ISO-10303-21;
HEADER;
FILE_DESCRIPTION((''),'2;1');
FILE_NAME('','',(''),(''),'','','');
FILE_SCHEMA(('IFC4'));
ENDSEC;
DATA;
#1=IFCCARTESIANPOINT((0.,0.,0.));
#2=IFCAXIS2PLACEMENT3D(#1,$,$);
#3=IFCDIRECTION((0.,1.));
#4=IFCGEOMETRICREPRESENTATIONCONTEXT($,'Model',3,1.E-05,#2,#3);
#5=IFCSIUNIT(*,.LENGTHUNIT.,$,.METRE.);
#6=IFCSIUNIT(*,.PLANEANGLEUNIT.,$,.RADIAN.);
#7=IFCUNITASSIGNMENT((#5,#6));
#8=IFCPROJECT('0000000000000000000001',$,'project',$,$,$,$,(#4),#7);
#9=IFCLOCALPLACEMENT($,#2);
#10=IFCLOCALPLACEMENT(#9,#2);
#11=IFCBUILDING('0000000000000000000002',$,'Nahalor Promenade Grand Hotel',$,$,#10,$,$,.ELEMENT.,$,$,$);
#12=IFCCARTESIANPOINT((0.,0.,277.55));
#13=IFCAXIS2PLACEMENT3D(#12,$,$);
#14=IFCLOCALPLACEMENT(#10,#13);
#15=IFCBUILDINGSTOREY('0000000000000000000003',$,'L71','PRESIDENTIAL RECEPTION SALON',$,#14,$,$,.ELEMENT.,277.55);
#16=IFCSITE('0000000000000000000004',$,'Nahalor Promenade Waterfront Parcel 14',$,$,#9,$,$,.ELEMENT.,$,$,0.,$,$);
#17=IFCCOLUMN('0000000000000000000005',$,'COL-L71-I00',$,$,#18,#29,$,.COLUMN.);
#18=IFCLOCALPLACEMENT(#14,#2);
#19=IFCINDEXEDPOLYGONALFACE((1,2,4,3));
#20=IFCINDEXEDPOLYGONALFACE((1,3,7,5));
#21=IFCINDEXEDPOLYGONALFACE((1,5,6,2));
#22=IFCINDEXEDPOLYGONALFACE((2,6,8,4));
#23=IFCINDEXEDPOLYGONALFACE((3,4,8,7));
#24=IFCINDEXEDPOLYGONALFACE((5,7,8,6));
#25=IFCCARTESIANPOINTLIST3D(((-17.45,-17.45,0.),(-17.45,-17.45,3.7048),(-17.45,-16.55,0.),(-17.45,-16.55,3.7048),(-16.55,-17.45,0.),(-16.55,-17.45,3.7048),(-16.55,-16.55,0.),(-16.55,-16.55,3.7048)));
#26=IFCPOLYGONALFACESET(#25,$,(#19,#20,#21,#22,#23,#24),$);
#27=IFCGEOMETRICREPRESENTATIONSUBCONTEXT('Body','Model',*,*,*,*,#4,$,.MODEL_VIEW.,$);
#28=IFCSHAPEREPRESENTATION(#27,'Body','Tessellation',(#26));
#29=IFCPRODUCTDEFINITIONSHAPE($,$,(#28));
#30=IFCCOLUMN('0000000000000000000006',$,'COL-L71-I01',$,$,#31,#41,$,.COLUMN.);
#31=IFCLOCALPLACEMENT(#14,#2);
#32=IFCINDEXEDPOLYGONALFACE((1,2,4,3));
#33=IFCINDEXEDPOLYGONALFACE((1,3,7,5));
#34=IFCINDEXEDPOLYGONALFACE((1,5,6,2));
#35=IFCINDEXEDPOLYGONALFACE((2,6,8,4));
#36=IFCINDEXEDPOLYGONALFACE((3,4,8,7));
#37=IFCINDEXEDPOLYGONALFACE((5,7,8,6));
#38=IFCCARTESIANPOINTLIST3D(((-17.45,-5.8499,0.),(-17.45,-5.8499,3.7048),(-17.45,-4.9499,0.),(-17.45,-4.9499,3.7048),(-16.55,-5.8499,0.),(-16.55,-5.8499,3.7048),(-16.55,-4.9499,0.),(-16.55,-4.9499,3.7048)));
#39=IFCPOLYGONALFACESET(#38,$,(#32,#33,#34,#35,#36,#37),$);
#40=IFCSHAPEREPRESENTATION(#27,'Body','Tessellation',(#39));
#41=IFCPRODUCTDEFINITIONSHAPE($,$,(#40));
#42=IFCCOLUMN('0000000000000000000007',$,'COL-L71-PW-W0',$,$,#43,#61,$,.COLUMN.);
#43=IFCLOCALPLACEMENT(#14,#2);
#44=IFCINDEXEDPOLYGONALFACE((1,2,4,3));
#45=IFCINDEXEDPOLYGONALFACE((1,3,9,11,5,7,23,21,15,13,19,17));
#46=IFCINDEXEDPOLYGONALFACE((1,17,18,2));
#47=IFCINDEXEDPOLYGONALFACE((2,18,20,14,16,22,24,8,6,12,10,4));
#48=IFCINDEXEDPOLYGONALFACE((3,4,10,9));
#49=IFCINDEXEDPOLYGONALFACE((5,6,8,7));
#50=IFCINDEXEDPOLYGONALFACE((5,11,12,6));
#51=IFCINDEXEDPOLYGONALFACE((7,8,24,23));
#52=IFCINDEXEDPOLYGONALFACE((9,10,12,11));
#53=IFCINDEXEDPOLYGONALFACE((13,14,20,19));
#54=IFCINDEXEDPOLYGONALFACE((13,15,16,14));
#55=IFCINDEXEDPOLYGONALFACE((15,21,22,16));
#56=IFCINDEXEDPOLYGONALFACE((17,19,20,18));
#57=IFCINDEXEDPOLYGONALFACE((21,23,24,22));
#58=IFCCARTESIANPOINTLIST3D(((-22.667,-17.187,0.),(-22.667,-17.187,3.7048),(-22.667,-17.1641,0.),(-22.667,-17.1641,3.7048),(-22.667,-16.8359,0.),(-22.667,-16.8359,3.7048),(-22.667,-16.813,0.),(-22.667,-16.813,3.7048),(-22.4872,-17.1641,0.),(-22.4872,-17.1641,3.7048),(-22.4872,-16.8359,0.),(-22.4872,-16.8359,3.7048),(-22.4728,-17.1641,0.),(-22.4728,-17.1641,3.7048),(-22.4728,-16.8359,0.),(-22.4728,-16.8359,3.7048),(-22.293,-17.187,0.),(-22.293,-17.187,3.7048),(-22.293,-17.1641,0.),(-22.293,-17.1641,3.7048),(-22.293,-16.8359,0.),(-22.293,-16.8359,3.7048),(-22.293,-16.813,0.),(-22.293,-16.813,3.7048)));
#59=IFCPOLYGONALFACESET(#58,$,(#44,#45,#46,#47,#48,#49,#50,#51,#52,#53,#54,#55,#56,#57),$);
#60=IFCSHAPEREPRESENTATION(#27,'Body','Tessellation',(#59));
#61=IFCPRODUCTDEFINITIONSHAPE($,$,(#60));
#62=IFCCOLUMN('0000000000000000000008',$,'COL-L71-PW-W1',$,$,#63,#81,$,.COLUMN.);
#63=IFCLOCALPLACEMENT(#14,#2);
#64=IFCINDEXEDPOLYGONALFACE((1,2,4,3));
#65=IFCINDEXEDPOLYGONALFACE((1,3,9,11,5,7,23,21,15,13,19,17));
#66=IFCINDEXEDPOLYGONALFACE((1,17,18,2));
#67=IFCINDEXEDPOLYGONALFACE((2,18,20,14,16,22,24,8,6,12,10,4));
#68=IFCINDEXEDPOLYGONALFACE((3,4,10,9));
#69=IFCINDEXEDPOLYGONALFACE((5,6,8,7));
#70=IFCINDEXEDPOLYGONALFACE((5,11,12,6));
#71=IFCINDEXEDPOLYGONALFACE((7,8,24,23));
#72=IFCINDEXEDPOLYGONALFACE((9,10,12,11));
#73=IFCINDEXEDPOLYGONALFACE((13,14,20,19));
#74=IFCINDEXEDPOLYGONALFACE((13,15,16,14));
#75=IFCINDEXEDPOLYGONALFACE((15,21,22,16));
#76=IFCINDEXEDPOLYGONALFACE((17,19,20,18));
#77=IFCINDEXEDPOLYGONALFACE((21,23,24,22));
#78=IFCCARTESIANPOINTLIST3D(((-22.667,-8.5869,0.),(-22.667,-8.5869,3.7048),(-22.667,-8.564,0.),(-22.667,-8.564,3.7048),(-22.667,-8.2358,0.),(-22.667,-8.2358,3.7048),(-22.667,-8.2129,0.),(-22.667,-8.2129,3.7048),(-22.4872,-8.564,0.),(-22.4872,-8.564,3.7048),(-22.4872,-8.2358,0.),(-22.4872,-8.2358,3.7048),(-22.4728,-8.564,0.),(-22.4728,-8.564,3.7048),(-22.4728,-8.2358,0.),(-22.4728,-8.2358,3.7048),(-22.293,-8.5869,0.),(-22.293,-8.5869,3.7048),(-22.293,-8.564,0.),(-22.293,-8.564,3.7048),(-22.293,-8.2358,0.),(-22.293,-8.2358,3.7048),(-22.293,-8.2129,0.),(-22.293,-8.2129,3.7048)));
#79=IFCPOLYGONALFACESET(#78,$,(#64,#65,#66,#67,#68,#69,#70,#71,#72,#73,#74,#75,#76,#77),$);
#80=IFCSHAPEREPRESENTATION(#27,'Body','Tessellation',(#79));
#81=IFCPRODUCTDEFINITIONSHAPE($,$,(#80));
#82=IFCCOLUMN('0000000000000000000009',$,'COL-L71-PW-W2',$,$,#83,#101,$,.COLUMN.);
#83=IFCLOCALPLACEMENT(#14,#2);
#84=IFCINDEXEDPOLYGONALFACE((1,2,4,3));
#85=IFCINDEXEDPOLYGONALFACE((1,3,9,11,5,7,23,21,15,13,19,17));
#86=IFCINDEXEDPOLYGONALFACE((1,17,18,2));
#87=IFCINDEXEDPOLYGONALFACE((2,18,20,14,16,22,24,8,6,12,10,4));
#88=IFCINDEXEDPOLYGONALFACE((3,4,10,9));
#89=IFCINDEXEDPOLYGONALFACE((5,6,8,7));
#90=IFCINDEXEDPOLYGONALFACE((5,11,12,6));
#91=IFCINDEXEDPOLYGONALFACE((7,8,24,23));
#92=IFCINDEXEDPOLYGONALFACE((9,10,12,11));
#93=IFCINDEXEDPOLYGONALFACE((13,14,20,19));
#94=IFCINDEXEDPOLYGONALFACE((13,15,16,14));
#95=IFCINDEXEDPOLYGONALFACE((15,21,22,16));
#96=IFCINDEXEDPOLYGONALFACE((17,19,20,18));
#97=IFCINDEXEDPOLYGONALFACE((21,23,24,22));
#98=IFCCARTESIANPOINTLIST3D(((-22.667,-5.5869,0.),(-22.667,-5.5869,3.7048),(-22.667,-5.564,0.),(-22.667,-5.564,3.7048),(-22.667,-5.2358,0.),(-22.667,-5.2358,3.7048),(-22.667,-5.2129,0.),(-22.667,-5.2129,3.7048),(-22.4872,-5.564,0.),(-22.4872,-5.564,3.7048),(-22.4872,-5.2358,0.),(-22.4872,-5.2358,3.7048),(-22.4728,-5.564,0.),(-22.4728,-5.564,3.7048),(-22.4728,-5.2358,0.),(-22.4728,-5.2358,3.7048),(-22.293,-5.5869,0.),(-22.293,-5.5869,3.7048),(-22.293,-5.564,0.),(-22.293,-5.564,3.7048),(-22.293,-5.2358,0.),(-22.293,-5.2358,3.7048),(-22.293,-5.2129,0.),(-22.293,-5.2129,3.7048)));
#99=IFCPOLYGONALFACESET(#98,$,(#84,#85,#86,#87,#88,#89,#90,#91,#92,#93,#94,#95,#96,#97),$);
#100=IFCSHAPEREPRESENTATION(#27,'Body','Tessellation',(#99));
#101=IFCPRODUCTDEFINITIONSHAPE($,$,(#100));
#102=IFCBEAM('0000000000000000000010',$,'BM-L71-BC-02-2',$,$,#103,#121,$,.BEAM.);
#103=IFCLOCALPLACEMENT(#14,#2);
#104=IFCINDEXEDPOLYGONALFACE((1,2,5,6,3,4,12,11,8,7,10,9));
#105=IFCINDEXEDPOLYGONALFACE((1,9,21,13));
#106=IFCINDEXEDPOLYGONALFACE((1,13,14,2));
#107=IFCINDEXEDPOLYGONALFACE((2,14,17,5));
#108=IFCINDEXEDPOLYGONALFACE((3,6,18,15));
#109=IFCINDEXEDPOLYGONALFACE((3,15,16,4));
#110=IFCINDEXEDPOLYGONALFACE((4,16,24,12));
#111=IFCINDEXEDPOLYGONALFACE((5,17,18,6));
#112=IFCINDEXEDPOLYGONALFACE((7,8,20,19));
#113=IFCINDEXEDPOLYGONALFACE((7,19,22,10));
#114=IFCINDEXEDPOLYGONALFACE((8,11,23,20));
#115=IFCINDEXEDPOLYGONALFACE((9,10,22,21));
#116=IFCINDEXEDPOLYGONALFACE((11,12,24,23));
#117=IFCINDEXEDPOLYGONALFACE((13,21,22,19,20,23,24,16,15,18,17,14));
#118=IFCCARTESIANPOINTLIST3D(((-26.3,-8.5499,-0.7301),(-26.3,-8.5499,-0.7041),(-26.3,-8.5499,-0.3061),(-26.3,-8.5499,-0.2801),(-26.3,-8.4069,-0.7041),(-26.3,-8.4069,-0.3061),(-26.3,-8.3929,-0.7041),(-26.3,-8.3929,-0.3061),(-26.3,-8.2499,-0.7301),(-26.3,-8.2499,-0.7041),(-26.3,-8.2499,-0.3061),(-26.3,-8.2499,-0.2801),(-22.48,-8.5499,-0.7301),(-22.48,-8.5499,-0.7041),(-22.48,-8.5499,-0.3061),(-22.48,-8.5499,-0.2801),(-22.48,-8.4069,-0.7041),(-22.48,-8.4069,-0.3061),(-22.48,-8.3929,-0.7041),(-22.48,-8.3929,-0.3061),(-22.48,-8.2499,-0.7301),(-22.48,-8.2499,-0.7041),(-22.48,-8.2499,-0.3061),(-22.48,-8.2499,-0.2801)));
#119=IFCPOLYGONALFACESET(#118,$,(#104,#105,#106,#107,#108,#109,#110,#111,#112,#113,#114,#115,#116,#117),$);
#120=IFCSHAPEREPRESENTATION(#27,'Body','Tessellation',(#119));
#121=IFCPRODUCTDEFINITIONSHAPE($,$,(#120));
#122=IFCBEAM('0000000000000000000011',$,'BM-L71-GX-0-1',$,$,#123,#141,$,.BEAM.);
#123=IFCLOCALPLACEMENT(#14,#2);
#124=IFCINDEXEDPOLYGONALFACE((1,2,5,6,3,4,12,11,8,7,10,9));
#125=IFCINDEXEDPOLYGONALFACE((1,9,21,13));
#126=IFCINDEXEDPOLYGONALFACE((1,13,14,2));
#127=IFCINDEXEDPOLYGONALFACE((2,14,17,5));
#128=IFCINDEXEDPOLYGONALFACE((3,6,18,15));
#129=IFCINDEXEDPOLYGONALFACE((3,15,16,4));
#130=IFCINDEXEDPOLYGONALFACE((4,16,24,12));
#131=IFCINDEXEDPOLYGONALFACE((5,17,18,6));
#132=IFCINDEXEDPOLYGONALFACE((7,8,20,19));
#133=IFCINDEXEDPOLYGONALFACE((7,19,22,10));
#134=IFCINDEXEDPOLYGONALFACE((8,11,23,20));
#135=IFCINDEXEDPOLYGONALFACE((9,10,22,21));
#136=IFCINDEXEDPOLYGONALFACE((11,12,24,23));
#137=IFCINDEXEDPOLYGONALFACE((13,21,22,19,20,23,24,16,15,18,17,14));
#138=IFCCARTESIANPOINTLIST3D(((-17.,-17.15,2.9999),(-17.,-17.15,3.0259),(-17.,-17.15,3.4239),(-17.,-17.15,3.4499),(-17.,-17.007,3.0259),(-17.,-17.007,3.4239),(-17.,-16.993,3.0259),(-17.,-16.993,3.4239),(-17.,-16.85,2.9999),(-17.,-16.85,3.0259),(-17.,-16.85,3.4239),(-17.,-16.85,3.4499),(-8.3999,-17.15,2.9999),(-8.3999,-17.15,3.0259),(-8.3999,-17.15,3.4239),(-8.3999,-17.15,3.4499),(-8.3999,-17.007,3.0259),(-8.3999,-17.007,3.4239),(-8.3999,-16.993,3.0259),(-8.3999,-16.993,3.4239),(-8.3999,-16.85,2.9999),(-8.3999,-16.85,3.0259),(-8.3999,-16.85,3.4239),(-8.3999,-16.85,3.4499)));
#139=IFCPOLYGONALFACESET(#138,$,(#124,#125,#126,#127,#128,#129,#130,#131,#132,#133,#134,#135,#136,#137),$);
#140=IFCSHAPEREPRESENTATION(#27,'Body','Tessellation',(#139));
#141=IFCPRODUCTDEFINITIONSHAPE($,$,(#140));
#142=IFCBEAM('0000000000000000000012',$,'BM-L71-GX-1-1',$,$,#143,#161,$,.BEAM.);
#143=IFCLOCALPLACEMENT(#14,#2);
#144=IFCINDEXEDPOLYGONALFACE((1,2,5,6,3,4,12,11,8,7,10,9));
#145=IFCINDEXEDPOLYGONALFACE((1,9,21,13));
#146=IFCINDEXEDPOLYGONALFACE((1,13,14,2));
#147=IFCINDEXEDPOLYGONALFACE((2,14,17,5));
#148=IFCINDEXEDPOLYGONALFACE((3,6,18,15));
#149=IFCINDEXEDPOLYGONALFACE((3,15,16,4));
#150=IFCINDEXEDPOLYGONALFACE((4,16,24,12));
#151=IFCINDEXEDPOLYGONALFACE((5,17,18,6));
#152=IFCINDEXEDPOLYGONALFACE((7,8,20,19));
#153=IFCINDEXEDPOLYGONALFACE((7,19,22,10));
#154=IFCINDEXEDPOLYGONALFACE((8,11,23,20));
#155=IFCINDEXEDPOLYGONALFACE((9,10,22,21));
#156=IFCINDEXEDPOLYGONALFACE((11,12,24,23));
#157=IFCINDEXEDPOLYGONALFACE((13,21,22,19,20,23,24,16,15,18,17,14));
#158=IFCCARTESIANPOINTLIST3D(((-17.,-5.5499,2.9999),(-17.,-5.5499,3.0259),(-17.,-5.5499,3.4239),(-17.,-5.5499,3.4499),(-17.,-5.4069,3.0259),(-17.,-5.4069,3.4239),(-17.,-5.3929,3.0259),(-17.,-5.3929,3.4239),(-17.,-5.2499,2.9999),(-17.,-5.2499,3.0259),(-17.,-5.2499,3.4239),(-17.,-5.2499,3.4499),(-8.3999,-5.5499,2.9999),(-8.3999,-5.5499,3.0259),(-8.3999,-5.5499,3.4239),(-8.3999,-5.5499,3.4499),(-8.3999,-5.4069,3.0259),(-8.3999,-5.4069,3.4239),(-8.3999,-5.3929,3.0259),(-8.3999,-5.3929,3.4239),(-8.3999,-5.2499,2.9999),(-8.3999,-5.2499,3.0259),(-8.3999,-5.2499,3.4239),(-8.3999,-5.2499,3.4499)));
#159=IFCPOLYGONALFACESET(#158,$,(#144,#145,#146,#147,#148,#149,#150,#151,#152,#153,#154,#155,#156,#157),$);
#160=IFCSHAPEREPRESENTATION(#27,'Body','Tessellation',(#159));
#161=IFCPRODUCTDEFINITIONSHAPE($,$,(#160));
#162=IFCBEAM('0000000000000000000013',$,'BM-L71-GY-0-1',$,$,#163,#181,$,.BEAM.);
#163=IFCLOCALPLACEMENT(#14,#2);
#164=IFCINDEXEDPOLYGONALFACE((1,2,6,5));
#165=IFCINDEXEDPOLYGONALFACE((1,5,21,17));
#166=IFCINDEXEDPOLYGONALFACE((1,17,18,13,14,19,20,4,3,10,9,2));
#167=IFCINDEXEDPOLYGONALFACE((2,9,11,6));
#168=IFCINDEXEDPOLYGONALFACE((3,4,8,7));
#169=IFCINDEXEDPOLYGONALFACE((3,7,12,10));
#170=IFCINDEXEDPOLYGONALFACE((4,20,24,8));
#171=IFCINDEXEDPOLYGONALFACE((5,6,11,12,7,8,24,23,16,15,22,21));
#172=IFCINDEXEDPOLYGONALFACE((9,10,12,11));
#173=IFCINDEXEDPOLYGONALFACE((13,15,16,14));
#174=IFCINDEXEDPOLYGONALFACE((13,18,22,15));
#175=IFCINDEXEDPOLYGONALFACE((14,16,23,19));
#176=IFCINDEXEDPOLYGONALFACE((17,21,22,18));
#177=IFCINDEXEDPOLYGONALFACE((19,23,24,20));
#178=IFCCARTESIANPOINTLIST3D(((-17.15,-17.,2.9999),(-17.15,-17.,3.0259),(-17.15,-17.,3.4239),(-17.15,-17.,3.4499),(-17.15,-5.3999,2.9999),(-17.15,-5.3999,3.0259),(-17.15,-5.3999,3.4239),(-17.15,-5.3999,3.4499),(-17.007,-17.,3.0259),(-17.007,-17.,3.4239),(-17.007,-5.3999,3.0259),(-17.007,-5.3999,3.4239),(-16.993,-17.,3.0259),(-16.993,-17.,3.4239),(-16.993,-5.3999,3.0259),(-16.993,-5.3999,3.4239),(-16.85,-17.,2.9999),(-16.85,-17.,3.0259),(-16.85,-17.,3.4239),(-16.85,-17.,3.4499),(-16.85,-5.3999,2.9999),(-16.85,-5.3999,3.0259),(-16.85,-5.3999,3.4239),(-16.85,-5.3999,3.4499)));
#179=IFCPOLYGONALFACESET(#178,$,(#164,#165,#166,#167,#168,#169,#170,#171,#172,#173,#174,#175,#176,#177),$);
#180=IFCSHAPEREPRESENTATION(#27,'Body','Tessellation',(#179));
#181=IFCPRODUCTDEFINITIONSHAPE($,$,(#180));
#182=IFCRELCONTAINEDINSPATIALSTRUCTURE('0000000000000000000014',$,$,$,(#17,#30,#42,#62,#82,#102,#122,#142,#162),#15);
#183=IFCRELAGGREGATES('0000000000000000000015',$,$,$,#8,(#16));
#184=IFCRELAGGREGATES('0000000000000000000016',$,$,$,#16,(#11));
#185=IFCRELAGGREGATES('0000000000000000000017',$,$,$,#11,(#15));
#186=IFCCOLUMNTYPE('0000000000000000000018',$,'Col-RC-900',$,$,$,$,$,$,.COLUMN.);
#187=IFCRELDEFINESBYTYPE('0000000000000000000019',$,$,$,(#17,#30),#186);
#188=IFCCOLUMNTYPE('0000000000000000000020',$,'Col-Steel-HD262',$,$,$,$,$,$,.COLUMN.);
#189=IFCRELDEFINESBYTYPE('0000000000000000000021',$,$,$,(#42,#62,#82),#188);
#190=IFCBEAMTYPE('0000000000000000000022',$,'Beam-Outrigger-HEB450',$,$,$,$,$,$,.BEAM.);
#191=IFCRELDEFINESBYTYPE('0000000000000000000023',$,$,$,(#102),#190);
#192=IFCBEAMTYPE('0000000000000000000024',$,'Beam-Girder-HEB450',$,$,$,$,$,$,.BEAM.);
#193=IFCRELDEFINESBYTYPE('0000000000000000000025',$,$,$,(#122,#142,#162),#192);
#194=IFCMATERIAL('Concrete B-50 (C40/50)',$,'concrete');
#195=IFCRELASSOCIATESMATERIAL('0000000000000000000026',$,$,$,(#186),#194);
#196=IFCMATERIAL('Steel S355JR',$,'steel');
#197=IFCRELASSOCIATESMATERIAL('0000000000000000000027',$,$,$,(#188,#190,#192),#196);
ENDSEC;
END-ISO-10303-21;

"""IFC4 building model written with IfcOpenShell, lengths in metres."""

from ifc_helpers import new_model, si_unit, direction, frame, origin, origin_2d, place, context, subcontext, project, spatial, rectangle, i_section, extrude, source, transform, mapped, material, material_profile, profile_set, type_object, element, save


model = new_model("IFC4")

# Units and contexts
model_context = context("Model", 3, precision=1e-05, world=origin(), true_north=direction((0.0, 1.0)))
body_context = subcontext(model_context, "Body", "Model", "MODEL_VIEW")
ifc_project = project(units=[si_unit("LENGTHUNIT", "METRE"), si_unit("PLANEANGLEUNIT", "RADIAN")], contexts=[model_context])

# Site, building, storey
site_placement = place(None, origin())
site = spatial("IfcSite", under=ifc_project, at=site_placement, Name="Nahalor Promenade Waterfront Parcel 14", CompositionType="ELEMENT", RefElevation=0.0)
building_placement = place(site_placement, origin())
building = spatial("IfcBuilding", under=site, at=building_placement, Name="Nahalor Promenade Grand Hotel", CompositionType="ELEMENT")
storey_placement = place(building_placement, frame((0.0, 0.0, 277.55)))
storey = spatial("IfcBuildingStorey", under=building, at=storey_placement, Name="L71", Description="PRESIDENTIAL RECEPTION SALON", CompositionType="ELEMENT", Elevation=277.55)

# Columns
ifc_material_1 = material(Name="Concrete B-50 (C40/50)", Category="concrete")
ifc_material_profile_1 = material_profile(ifc_material_1, rectangle(XDim=0.9, YDim=0.9, at=origin_2d()), Name="RC 900x900")
ifc_profile_set_1 = profile_set([ifc_material_profile_1], Name="Concrete B-50 (C40/50)")
column_type_1 = type_object("IfcColumnType", Name="Col-RC-900", PredefinedType="COLUMN", material=ifc_profile_set_1)
shared_shape_1 = source(origin(), body_context, "Body", "SweptSolid", [
    extrude(rectangle(XDim=0.9, YDim=0.9, at=origin_2d()), origin(), (0.0, 0.0, 1.0), 3.7048),
])
for number, where, z_axis, x_axis, name in (
    (1, (-17.0, -17.0, 0.0), (0.0, 0.0, 1.0), (1.0, 0.0, 0.0), "COL-L71-I00"),
    (2, (-17.0, -5.3999, 0.0), (0.0, 0.0, 1.0), (1.0, 0.0, 0.0), "COL-L71-I01"),
):
    element("IfcColumn", number, at=place(storey_placement, frame(where, z_axis=z_axis, x_axis=x_axis)), inside=storey, type_object=column_type_1, Name=name, PredefinedType="COLUMN", context=body_context, shape_type="MappedRepresentation", body=[
        mapped(shared_shape_1, transform((0.0, 0.0, 0.0), scale=1.0)),
    ])
ifc_material_2 = material(Name="Steel S355JR", Category="steel")
ifc_material_profile_2 = material_profile(ifc_material_2, i_section(OverallWidth=0.374, OverallDepth=0.374, WebThickness=0.0144, FlangeThickness=0.0229, at=origin_2d()), Name="HD 360x262")
ifc_profile_set_2 = profile_set([ifc_material_profile_2], Name="Steel S355JR")
column_type_2 = type_object("IfcColumnType", Name="Col-Steel-HD262", PredefinedType="COLUMN", material=ifc_profile_set_2)
shared_shape_2 = source(origin(), body_context, "Body", "SweptSolid", [
    extrude(i_section(OverallWidth=0.374, OverallDepth=0.374, WebThickness=0.0144, FlangeThickness=0.0229, at=origin_2d()), origin(), (0.0, 0.0, 1.0), 3.7048),
])
for number, where, z_axis, x_axis, name in (
    (3, (-22.48, -17.0, 0.0), (0.0, 0.0, 1.0), (1.0, 0.0, 0.0), "COL-L71-PW-W0"),
    (4, (-22.48, -8.3999, 0.0), (0.0, 0.0, 1.0), (1.0, 0.0, 0.0), "COL-L71-PW-W1"),
    (5, (-22.48, -5.3999, 0.0), (0.0, 0.0, 1.0), (1.0, 0.0, 0.0), "COL-L71-PW-W2"),
):
    element("IfcColumn", number, at=place(storey_placement, frame(where, z_axis=z_axis, x_axis=x_axis)), inside=storey, type_object=column_type_2, Name=name, PredefinedType="COLUMN", context=body_context, shape_type="MappedRepresentation", body=[
        mapped(shared_shape_2, transform((0.0, 0.0, 0.0), scale=1.0)),
    ])

# Beams
ifc_material_profile_3 = material_profile(ifc_material_2, i_section(OverallWidth=0.3, OverallDepth=0.45, WebThickness=0.014, FlangeThickness=0.026, at=origin_2d()), Name="HEB 450")
ifc_profile_set_3 = profile_set([ifc_material_profile_3], Name="Steel S355JR")
beam_type_1 = type_object("IfcBeamType", Name="Beam-Outrigger-HEB450", PredefinedType="BEAM", material=ifc_profile_set_3)
shared_shape_3 = source(origin(), body_context, "Body", "SweptSolid", [
    extrude(i_section(OverallWidth=0.3, OverallDepth=0.45, WebThickness=0.014, FlangeThickness=0.026, at=origin_2d()), origin(), (0.0, 0.0, 1.0), 3.8201),
])
beam_1_placement = place(storey_placement, frame((-26.3, -8.3999, -0.5051), z_axis=(1.0, 0.0, 0.0), x_axis=(0.0, 1.0, 0.0)))
element("IfcBeam", 6, at=beam_1_placement, inside=storey, type_object=beam_type_1, Name="BM-L71-BC-02-2", PredefinedType="BEAM", context=body_context, shape_type="MappedRepresentation", body=[
    mapped(shared_shape_3, transform((0.0, 0.0, 0.0), scale=1.0)),
])
ifc_material_profile_4 = material_profile(ifc_material_2, i_section(OverallWidth=0.3, OverallDepth=0.45, WebThickness=0.014, FlangeThickness=0.026, at=origin_2d()), Name="HEB 450")
ifc_profile_set_4 = profile_set([ifc_material_profile_4], Name="Steel S355JR")
beam_type_2 = type_object("IfcBeamType", Name="Beam-Girder-HEB450", PredefinedType="BEAM", material=ifc_profile_set_4)
shared_shape_4 = source(origin(), body_context, "Body", "SweptSolid", [
    extrude(i_section(OverallWidth=0.3, OverallDepth=0.45, WebThickness=0.014, FlangeThickness=0.026, at=origin_2d()), origin(), (0.0, 0.0, 1.0), 8.6001),
])
for number, where, z_axis, x_axis, name in (
    (7, (-17.0, -17.0, 3.2249), (1.0, 0.0, 0.0), (0.0, 1.0, 0.0), "BM-L71-GX-0-1"),
    (8, (-17.0, -5.3999, 3.2249), (1.0, 0.0, 0.0), (0.0, 1.0, 0.0), "BM-L71-GX-1-1"),
):
    element("IfcBeam", number, at=place(storey_placement, frame(where, z_axis=z_axis, x_axis=x_axis)), inside=storey, type_object=beam_type_2, Name=name, PredefinedType="BEAM", context=body_context, shape_type="MappedRepresentation", body=[
        mapped(shared_shape_4, transform((0.0, 0.0, 0.0), scale=1.0)),
    ])
shared_shape_5 = source(origin(), body_context, "Body", "SweptSolid", [
    extrude(i_section(OverallWidth=0.3, OverallDepth=0.45, WebThickness=0.014, FlangeThickness=0.026, at=origin_2d()), origin(), (0.0, 0.0, 1.0), 11.6001),
])
beam_2_placement = place(storey_placement, frame((-17.0, -17.0, 3.2249), z_axis=(0.0, 1.0, 0.0), x_axis=(-1.0, 0.0, 0.0)))
element("IfcBeam", 9, at=beam_2_placement, inside=storey, type_object=beam_type_2, Name="BM-L71-GY-0-1", PredefinedType="BEAM", context=body_context, shape_type="MappedRepresentation", body=[
    mapped(shared_shape_5, transform((0.0, 0.0, 0.0), scale=1.0)),
])

save(model, "model.ifc")
